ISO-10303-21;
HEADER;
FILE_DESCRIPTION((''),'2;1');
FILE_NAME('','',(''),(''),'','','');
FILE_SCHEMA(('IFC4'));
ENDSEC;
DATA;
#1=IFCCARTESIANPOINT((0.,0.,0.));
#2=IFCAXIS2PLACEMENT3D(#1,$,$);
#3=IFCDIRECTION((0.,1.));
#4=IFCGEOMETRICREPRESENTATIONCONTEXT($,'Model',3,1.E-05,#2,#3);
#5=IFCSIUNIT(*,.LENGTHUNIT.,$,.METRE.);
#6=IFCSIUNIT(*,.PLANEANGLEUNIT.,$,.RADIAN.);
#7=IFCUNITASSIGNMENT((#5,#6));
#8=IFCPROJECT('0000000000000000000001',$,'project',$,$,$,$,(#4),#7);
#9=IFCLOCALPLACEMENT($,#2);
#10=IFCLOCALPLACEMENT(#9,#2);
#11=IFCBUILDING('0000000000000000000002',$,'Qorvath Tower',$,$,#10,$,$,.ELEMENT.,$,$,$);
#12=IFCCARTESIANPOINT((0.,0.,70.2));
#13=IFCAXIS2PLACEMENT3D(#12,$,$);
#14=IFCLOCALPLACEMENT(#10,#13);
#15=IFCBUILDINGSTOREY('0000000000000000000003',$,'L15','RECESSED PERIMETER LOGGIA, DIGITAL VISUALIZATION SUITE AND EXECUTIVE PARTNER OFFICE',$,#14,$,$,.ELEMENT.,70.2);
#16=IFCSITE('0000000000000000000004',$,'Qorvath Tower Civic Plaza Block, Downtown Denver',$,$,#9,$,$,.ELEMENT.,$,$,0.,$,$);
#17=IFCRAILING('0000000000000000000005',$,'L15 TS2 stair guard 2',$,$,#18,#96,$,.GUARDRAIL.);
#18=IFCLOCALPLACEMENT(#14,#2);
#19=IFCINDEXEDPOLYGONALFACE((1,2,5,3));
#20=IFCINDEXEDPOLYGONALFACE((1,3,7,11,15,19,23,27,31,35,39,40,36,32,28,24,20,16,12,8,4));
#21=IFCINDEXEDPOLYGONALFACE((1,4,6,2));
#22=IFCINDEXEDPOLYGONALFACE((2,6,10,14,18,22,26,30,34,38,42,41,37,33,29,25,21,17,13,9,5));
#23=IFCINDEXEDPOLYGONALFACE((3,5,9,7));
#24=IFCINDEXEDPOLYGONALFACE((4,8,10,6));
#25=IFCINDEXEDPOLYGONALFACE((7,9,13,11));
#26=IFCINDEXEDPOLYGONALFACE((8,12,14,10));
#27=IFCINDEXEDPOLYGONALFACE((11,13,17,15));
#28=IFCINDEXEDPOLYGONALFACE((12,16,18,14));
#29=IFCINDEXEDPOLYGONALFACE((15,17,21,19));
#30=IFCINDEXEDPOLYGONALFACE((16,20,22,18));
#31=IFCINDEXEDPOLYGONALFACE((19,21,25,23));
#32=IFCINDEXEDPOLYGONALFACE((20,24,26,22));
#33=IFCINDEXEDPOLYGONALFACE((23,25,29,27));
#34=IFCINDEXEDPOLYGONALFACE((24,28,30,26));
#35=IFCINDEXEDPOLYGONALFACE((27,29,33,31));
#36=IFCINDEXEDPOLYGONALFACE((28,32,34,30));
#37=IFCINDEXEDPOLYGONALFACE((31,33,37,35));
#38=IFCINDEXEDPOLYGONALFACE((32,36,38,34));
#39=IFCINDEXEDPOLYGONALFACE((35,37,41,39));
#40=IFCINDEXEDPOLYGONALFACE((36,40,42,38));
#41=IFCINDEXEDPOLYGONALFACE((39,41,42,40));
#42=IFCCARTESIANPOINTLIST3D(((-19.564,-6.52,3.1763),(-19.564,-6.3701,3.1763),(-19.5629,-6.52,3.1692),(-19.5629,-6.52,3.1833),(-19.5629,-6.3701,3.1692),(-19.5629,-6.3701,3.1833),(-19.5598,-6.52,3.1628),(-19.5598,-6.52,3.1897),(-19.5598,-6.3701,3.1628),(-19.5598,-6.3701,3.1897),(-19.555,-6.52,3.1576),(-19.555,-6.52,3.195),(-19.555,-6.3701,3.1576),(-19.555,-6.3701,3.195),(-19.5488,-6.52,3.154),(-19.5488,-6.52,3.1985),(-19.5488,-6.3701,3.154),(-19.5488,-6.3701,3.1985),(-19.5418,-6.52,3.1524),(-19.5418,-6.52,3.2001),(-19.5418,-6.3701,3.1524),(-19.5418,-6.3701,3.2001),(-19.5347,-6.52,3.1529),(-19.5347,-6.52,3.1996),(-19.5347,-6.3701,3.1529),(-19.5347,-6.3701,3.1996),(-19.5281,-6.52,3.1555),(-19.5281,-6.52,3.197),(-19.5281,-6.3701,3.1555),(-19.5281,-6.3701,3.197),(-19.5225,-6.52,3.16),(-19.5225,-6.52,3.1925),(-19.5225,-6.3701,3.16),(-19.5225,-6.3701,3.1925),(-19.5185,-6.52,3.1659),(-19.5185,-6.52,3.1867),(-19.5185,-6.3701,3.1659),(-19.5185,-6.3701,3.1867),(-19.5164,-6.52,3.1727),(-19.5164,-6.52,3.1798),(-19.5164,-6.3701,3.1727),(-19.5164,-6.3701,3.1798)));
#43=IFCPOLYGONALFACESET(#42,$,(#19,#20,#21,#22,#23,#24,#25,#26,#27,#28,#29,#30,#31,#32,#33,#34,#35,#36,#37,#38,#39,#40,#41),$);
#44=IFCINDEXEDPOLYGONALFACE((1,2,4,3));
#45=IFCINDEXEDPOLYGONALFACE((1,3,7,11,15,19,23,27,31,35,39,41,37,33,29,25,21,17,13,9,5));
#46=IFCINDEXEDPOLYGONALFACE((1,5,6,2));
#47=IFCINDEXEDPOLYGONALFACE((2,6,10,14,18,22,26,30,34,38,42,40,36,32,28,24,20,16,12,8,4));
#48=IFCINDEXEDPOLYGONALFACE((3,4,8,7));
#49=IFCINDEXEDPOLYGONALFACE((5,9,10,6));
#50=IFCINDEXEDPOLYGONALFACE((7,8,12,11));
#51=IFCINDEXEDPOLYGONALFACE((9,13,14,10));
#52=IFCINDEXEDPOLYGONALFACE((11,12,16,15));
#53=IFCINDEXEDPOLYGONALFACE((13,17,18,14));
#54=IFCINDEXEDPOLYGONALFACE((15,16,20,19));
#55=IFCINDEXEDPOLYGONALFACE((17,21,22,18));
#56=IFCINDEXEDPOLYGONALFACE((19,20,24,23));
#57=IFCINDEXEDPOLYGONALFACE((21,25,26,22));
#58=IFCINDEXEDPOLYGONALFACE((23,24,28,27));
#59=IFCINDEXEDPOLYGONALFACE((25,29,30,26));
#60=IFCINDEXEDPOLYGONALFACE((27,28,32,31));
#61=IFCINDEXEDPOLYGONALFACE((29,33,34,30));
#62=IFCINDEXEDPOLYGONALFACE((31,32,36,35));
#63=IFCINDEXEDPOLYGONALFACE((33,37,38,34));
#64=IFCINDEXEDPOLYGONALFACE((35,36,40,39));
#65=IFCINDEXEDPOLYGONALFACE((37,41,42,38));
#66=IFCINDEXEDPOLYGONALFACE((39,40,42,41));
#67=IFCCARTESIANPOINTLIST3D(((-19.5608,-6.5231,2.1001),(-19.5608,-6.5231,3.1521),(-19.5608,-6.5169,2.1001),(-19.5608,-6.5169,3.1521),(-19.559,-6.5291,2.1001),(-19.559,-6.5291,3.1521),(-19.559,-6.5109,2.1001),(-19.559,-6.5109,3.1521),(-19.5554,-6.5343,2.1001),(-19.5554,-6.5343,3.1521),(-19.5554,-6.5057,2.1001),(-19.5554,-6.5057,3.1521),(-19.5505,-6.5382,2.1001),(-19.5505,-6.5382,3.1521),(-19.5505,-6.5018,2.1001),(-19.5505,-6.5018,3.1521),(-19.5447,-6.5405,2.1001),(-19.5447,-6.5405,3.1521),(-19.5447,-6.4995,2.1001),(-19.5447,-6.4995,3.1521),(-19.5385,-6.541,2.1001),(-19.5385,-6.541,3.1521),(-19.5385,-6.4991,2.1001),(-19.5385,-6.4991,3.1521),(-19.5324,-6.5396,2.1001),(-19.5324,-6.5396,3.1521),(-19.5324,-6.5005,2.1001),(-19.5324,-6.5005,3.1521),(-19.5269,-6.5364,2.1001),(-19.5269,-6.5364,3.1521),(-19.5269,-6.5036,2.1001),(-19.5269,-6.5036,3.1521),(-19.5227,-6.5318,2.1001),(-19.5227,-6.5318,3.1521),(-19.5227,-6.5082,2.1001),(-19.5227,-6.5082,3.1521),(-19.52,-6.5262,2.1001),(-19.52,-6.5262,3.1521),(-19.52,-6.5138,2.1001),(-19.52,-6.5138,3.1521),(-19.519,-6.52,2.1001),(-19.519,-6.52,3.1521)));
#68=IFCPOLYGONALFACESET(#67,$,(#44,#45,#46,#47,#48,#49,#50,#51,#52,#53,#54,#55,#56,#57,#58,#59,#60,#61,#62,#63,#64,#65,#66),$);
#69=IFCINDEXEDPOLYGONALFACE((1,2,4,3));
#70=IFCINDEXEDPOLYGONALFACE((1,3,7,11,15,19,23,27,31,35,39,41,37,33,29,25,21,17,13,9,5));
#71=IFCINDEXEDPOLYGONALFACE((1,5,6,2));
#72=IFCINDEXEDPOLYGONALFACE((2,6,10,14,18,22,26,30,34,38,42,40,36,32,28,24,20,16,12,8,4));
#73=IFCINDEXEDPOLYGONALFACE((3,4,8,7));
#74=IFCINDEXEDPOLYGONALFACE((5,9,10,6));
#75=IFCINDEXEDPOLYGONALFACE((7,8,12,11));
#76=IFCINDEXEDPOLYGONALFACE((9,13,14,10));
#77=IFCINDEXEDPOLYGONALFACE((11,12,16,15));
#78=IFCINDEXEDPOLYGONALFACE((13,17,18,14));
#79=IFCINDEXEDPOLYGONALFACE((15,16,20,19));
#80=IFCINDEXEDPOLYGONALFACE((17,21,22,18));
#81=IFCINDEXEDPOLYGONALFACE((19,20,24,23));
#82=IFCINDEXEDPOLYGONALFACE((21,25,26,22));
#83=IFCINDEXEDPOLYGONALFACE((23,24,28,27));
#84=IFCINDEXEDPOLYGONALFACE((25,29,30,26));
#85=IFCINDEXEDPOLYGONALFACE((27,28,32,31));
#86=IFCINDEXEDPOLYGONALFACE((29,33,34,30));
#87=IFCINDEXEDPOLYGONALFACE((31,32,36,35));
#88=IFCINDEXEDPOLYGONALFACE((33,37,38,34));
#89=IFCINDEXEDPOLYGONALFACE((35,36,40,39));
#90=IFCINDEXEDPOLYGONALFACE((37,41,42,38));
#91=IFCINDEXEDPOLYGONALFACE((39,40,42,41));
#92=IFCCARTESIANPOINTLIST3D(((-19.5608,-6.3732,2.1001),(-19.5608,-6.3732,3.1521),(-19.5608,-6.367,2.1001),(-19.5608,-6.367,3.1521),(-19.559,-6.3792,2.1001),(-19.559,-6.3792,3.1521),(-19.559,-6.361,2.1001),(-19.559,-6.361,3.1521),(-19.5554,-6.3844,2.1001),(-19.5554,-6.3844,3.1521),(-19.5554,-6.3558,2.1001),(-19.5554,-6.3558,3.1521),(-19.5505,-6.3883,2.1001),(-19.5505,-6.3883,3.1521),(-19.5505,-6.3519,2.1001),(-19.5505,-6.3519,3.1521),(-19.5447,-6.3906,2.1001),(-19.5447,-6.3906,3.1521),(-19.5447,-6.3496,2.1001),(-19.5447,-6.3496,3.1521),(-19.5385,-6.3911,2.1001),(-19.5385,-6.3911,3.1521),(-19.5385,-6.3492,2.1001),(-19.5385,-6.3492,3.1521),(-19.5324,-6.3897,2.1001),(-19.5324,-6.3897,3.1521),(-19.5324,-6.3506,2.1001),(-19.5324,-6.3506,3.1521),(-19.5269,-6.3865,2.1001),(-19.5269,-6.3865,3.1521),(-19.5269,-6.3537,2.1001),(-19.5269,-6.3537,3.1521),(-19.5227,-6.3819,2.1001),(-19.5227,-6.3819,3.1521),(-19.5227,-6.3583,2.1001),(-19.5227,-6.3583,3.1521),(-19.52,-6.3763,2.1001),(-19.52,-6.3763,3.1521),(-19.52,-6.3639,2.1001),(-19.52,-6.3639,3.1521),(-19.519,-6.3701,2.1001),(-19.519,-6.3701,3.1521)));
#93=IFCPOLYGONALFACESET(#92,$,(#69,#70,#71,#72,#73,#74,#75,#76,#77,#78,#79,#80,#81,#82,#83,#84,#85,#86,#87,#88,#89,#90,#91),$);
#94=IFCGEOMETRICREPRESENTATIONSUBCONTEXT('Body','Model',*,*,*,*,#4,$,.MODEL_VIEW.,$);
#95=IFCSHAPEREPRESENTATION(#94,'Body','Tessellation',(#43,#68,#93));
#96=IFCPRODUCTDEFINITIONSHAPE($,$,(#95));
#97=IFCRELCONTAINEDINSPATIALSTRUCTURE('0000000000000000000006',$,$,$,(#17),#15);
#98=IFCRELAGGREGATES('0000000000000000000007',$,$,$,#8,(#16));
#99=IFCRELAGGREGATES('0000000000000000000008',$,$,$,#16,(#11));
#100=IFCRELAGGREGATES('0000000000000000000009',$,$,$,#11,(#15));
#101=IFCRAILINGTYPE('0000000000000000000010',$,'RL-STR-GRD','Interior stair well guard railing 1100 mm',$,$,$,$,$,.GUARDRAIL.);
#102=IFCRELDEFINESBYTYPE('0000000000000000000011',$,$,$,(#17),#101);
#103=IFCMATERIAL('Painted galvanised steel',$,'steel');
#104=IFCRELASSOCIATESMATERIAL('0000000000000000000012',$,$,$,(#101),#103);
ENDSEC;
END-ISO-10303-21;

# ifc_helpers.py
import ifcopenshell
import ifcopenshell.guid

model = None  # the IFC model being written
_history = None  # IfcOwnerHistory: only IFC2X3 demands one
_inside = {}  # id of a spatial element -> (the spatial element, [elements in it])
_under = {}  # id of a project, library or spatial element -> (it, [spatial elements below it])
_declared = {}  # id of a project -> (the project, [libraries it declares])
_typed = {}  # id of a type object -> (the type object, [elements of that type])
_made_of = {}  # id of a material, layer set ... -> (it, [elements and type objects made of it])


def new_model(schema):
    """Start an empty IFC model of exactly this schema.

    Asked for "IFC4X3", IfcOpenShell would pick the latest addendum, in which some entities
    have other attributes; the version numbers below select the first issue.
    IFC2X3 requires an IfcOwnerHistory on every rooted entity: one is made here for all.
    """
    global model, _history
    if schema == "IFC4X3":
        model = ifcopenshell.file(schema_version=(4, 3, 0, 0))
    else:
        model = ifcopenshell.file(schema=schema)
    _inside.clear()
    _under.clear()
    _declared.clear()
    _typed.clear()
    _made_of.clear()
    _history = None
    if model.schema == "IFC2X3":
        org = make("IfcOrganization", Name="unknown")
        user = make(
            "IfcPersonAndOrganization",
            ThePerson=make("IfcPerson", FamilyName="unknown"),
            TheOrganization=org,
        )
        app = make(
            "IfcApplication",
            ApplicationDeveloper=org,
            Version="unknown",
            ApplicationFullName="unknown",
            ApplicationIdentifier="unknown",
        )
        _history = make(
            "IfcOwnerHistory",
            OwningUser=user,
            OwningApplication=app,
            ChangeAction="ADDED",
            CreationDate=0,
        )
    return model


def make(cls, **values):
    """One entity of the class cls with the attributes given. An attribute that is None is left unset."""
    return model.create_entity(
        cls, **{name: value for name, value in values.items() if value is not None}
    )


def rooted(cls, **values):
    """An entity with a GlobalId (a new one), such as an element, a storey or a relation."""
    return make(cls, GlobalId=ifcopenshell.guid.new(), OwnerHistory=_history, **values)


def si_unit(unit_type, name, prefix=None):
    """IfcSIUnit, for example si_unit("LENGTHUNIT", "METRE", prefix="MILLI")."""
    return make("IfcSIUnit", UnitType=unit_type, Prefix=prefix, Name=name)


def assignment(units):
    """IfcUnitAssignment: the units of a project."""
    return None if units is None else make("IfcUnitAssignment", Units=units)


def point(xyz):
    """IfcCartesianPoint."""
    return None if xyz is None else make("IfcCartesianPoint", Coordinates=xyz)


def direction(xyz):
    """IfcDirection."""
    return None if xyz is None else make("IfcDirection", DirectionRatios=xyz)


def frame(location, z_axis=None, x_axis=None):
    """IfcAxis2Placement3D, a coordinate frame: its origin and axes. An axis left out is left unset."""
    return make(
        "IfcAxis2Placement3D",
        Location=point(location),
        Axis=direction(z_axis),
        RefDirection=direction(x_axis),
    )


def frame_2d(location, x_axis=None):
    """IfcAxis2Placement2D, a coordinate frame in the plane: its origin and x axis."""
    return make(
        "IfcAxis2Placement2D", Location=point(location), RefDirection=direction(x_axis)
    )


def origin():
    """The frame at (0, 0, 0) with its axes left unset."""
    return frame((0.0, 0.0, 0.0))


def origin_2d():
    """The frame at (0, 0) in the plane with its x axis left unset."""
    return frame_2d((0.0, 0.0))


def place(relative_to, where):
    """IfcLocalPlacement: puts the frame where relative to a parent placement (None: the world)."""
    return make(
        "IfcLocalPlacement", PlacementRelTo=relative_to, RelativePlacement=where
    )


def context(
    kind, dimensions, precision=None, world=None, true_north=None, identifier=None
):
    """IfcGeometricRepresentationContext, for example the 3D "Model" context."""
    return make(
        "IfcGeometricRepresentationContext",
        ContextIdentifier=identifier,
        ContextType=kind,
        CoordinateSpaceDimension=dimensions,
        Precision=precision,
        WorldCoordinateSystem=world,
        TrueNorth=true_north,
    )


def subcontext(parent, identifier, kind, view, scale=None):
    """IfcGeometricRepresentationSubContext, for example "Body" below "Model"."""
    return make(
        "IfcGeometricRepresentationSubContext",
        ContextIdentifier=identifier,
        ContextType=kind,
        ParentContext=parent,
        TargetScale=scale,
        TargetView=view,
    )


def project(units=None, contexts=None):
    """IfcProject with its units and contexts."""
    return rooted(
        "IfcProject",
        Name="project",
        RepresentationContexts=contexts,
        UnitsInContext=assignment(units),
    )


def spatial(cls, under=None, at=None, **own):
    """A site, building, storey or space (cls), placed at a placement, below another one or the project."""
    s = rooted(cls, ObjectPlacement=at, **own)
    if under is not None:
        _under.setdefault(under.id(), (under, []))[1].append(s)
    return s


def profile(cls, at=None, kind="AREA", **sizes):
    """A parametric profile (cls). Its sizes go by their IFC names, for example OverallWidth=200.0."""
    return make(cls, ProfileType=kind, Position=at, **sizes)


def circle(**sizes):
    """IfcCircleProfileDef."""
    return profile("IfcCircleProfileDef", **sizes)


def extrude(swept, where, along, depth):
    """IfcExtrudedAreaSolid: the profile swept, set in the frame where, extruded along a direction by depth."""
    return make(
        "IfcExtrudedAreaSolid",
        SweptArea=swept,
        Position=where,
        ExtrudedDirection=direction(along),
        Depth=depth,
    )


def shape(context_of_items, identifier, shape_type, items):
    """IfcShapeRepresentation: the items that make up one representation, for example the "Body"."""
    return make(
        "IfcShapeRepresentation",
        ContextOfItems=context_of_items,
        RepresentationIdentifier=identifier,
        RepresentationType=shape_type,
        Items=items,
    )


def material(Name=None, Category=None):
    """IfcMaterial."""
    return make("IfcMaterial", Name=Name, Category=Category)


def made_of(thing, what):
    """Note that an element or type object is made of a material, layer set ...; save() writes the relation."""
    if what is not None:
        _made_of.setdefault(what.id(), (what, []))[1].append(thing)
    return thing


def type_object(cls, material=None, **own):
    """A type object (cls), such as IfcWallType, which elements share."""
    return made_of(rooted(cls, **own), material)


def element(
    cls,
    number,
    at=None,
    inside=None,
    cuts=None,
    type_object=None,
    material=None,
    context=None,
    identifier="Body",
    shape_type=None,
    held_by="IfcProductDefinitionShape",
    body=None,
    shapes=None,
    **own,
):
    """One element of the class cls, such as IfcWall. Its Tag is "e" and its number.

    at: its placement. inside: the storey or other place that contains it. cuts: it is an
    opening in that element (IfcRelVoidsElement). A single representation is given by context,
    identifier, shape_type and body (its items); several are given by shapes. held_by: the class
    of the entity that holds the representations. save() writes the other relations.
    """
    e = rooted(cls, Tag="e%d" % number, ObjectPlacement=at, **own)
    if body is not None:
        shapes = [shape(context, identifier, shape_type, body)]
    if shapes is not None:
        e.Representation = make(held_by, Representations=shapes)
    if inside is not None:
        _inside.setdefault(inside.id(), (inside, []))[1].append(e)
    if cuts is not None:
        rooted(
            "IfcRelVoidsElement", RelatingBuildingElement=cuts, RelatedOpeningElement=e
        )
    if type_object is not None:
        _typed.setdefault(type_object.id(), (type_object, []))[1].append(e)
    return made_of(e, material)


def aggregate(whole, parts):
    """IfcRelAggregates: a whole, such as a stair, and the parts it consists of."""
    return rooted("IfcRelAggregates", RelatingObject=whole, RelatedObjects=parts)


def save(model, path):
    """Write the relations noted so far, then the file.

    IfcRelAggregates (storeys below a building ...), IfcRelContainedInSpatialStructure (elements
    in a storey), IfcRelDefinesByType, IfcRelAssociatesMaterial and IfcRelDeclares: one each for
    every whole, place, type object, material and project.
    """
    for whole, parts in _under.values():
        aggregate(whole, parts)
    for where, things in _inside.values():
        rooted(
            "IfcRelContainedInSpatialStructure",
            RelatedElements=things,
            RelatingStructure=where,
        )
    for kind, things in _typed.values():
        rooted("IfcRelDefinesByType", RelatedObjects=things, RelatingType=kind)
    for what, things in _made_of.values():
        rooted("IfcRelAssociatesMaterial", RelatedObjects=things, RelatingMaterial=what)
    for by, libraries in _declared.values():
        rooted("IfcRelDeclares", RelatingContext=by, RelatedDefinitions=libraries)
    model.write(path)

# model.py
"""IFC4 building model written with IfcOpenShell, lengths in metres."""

from ifc_helpers import new_model, si_unit, direction, frame, origin, origin_2d, place, context, subcontext, project, spatial, circle, extrude, material, type_object, element, save


model = new_model("IFC4")

# Units and contexts
model_context = context("Model", 3, precision=1e-05, world=origin(), true_north=direction((0.0, 1.0)))
body_context = subcontext(model_context, "Body", "Model", "MODEL_VIEW")
ifc_project = project(units=[si_unit("LENGTHUNIT", "METRE"), si_unit("PLANEANGLEUNIT", "RADIAN")], contexts=[model_context])

# Site, building, storey
site_placement = place(None, origin())
site = spatial("IfcSite", under=ifc_project, at=site_placement, Name="Qorvath Tower Civic Plaza Block, Downtown Denver", CompositionType="ELEMENT", RefElevation=0.0)
building_placement = place(site_placement, origin())
building = spatial("IfcBuilding", under=site, at=building_placement, Name="Qorvath Tower", CompositionType="ELEMENT")
storey_placement = place(building_placement, frame((0.0, 0.0, 70.2)))
storey = spatial("IfcBuildingStorey", under=building, at=storey_placement, Name="L15", Description="RECESSED PERIMETER LOGGIA, DIGITAL VISUALIZATION SUITE AND EXECUTIVE PARTNER OFFICE", CompositionType="ELEMENT", Elevation=70.2)

# Railing
ifc_material_1 = material(Name="Painted galvanised steel", Category="steel")
railing_type = type_object("IfcRailingType", Name="RL-STR-GRD", Description="Interior stair well guard railing 1100 mm", PredefinedType="GUARDRAIL", material=ifc_material_1)
railing_1_placement = place(storey_placement, frame((-19.54, -6.52, 2.1001)))
element("IfcRailing", 1, at=railing_1_placement, inside=storey, type_object=railing_type, Name="L15 TS2 stair guard 2", PredefinedType="GUARDRAIL", context=body_context, shape_type="SweptSolid", body=[
    extrude(circle(Radius=0.0239, at=origin_2d()), frame((0.0, 0.0, 1.0762), z_axis=(0.0, 1.0, 0.0), x_axis=(-1.0, 0.0, 0.0)), (0.0, 0.0, 1.0), 0.1499),
    extrude(circle(Radius=0.021, at=origin_2d()), origin(), (0.0, 0.0, 1.0), 1.052),
    extrude(circle(Radius=0.021, at=origin_2d()), frame((0.0, 0.1499, 0.0)), (0.0, 0.0, 1.0), 1.052),
])

save(model, "model.ifc")
